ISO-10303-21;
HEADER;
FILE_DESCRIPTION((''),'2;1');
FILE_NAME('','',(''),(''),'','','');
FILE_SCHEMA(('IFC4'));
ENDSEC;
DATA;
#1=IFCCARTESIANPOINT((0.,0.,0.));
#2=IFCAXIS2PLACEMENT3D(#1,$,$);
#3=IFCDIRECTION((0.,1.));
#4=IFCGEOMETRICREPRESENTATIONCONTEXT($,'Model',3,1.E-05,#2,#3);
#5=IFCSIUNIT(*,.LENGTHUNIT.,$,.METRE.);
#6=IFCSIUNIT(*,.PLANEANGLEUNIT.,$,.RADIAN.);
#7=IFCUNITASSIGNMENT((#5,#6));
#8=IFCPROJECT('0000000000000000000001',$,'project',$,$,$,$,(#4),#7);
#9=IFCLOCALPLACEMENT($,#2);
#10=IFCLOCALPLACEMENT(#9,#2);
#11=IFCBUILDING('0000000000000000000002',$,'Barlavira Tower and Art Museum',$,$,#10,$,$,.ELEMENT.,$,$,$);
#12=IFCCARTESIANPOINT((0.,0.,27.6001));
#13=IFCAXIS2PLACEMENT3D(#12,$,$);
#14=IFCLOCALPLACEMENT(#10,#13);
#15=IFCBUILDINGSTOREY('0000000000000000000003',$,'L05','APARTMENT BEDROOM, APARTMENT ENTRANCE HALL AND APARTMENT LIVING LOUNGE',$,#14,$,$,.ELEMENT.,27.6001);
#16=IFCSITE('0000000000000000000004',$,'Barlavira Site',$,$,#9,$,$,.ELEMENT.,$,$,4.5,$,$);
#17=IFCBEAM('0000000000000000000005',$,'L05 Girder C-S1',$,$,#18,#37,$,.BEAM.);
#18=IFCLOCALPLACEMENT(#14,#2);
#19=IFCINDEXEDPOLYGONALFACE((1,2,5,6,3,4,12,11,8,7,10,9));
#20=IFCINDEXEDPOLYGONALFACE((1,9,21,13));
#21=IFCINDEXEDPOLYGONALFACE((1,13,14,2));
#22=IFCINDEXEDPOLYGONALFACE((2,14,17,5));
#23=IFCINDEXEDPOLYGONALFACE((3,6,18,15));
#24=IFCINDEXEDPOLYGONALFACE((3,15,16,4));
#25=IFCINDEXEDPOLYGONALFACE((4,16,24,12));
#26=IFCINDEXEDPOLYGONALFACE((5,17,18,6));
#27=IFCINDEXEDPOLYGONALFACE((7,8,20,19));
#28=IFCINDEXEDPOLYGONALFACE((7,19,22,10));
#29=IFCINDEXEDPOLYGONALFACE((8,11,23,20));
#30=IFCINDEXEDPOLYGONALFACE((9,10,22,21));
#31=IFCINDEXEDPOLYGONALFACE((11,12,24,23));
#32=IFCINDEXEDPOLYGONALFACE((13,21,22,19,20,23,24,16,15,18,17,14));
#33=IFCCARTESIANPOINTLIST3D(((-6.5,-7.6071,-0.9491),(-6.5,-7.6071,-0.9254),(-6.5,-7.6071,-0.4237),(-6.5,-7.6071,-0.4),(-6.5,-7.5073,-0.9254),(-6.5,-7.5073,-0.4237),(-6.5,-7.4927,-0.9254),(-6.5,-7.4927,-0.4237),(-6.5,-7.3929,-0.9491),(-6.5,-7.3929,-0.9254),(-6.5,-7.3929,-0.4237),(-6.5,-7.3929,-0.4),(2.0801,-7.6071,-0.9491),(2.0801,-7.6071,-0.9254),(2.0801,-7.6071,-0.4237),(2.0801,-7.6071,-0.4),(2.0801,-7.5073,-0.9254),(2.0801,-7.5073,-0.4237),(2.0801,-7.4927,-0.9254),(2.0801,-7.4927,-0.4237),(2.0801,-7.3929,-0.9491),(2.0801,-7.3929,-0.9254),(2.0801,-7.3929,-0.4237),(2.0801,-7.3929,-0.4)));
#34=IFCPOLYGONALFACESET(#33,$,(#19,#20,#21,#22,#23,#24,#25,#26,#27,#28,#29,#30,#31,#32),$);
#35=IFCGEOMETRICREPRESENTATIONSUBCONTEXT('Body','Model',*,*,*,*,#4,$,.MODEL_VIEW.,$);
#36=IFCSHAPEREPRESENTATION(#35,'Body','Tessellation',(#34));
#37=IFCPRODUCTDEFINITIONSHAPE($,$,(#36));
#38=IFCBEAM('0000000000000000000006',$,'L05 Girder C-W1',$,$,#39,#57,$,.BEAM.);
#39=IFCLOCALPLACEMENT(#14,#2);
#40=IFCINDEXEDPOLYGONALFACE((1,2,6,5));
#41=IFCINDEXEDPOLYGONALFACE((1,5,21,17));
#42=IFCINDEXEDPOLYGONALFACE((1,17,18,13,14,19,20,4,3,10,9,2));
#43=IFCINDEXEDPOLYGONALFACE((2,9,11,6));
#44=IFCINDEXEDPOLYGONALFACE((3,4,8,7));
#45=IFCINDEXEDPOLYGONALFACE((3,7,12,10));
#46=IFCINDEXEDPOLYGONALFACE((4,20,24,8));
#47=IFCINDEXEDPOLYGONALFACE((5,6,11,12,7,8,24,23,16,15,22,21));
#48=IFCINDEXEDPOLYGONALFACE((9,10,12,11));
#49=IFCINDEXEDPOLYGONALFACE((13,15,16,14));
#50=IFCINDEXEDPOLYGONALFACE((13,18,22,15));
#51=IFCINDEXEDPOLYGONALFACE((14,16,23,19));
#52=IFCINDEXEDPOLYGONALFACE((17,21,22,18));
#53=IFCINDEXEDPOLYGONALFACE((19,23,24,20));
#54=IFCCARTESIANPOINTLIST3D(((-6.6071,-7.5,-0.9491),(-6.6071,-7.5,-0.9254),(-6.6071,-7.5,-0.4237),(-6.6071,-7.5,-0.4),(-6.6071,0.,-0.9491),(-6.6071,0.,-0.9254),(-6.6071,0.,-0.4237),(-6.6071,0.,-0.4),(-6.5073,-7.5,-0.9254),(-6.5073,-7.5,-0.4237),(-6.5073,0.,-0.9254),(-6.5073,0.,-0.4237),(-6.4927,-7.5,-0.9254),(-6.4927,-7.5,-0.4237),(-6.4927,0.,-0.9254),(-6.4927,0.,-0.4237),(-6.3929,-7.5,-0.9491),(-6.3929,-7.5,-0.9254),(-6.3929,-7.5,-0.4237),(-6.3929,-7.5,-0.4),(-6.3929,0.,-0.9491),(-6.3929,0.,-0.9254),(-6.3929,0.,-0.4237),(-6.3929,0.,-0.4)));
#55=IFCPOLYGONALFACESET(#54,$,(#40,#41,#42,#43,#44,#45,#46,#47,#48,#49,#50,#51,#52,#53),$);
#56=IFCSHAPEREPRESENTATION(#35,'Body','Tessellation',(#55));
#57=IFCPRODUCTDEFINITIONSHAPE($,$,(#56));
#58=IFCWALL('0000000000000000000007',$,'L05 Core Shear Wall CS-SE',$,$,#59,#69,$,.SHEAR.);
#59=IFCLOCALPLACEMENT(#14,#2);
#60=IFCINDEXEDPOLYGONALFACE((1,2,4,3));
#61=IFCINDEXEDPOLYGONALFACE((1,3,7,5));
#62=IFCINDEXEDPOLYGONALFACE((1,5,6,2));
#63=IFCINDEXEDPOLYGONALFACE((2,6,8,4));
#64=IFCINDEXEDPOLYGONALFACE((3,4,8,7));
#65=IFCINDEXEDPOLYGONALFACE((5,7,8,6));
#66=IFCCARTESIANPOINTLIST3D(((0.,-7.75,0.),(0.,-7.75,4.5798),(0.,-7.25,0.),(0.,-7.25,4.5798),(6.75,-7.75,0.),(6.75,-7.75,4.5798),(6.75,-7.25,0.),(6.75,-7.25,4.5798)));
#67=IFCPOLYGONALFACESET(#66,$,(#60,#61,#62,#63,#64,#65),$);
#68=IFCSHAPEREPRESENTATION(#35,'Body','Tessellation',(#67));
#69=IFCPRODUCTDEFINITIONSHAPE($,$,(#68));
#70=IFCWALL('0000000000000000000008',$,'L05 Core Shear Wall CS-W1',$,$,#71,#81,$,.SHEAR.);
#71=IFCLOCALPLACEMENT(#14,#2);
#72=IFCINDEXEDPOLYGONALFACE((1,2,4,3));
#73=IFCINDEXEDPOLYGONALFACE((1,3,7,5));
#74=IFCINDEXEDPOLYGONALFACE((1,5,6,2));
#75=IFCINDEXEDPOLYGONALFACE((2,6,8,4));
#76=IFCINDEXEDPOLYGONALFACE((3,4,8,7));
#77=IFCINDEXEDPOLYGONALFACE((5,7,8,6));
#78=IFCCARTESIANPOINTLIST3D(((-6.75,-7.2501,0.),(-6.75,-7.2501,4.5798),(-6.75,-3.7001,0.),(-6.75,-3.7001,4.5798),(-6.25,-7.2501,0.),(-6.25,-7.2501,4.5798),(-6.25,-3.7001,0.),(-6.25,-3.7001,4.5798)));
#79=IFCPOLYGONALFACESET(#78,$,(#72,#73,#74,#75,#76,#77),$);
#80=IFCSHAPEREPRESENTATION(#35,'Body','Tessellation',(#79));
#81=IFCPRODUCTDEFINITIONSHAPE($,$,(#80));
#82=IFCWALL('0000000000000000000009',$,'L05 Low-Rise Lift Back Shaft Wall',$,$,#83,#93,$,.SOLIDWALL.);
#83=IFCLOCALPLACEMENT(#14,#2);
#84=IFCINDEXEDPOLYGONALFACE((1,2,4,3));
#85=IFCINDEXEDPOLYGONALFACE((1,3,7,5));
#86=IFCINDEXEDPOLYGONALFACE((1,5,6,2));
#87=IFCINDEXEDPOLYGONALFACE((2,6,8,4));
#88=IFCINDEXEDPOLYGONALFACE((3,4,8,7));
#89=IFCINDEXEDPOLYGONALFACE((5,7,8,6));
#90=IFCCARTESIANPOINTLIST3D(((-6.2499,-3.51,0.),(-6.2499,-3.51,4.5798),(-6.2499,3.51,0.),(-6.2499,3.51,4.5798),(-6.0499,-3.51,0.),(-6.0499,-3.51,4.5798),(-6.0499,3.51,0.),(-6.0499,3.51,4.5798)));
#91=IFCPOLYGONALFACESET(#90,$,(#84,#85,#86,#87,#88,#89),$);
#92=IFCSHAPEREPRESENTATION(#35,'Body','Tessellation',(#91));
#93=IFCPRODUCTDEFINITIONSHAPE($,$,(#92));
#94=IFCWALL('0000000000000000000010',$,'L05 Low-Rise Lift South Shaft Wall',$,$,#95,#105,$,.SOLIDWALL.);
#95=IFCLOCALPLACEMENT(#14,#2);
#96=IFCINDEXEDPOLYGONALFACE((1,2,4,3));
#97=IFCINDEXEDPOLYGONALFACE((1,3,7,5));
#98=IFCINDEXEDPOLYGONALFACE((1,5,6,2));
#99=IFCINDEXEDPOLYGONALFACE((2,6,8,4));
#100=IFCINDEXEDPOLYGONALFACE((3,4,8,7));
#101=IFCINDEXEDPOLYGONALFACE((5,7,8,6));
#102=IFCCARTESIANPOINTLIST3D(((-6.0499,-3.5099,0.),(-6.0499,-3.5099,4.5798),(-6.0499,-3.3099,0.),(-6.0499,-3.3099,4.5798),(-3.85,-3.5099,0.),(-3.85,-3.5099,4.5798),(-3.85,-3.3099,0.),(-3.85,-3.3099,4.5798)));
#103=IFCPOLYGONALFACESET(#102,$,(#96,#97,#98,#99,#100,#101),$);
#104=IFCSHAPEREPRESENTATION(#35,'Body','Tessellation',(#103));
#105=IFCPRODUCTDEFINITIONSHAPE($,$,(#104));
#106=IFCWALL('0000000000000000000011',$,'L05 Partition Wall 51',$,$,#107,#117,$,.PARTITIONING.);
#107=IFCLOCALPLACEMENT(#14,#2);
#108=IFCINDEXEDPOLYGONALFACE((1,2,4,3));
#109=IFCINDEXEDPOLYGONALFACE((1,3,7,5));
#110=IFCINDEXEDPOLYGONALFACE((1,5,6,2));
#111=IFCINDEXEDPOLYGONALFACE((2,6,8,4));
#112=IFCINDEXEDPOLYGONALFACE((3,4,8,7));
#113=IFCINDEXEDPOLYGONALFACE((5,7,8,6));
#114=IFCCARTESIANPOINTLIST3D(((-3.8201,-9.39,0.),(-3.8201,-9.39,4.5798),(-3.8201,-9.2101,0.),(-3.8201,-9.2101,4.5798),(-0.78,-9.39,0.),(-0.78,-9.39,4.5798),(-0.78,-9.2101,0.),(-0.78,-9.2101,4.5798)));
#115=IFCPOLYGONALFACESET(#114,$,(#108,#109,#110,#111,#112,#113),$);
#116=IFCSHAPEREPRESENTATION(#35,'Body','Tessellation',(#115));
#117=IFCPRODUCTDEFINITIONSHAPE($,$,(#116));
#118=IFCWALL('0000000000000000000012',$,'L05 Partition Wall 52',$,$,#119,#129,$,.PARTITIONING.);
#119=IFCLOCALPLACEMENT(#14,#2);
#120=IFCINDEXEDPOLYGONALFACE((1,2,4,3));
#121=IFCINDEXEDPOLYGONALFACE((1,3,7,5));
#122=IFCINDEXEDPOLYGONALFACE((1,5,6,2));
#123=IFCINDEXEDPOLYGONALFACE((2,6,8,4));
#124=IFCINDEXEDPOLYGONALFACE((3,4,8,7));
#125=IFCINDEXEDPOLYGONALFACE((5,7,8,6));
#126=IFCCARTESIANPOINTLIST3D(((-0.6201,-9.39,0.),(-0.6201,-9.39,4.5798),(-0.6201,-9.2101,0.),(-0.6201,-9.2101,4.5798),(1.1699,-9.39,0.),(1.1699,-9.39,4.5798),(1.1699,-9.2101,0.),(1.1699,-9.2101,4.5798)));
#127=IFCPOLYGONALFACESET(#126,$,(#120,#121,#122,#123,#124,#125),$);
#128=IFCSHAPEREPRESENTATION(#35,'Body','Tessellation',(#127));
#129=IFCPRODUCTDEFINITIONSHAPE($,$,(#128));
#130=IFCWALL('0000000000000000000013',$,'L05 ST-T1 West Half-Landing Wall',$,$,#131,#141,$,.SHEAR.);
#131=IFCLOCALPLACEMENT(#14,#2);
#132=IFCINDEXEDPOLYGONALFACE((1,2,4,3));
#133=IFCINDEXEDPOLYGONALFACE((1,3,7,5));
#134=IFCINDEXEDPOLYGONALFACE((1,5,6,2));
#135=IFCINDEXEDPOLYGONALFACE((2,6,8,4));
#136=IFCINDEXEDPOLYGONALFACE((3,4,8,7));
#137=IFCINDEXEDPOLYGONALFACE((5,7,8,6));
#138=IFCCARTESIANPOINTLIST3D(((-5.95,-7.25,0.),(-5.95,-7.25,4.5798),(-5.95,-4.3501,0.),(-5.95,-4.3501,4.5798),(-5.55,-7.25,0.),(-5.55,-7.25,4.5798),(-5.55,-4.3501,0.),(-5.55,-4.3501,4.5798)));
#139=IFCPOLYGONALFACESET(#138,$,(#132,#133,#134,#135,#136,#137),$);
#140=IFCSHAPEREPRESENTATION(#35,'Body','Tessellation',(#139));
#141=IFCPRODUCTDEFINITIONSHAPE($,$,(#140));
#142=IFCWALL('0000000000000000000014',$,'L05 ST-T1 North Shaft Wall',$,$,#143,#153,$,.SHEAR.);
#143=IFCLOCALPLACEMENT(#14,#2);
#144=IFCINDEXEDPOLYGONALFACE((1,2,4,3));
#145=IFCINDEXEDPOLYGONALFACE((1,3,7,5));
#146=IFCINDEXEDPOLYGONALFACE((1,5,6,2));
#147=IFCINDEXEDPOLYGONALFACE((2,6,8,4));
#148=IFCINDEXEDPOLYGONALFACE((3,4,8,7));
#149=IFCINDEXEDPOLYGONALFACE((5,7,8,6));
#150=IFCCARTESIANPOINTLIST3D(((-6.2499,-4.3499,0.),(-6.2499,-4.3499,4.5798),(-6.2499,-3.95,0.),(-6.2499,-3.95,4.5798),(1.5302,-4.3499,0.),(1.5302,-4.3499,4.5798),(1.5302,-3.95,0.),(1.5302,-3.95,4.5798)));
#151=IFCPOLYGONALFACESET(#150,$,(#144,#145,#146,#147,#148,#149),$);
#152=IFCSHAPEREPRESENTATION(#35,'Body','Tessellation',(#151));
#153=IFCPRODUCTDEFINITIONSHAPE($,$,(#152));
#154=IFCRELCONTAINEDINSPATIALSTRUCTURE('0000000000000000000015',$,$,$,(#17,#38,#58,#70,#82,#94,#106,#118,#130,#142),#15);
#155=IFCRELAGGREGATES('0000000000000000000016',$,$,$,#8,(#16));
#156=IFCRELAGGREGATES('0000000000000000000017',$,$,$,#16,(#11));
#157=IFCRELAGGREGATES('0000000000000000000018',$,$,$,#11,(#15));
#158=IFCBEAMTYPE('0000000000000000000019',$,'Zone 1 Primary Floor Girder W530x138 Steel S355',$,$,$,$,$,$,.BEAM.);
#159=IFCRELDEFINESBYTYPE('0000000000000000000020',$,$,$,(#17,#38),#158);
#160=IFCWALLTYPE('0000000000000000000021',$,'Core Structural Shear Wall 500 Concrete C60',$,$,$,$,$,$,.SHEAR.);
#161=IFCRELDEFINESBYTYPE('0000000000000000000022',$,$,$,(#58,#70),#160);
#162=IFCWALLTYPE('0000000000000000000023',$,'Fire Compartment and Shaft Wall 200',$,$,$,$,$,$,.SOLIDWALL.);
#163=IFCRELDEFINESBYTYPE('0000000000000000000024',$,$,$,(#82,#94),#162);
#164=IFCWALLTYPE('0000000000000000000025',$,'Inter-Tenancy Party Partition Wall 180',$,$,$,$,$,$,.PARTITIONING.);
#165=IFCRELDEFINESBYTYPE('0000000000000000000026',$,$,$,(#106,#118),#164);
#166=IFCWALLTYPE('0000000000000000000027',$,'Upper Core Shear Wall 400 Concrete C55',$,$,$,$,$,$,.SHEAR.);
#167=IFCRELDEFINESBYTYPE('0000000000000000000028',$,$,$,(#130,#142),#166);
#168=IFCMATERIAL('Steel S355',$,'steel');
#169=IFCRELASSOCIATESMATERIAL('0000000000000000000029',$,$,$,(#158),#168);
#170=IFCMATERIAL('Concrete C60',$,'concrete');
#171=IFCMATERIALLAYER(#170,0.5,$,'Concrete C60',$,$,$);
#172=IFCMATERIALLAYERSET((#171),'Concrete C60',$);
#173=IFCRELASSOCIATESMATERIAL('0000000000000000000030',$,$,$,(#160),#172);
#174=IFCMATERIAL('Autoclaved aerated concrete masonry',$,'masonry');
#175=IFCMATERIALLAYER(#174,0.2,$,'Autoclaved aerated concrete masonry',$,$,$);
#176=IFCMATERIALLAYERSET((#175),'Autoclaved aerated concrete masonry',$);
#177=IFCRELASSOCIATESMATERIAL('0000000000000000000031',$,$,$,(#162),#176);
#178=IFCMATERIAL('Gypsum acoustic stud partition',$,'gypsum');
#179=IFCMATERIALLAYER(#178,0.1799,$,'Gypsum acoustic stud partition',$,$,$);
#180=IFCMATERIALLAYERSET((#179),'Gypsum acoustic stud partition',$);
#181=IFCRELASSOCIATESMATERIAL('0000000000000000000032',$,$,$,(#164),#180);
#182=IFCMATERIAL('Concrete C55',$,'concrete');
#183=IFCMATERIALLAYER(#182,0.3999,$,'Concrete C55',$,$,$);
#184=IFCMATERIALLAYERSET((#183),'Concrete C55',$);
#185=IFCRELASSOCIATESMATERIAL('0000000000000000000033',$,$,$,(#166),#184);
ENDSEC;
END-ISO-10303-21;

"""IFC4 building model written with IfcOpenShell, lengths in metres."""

from ifc_helpers import new_model, si_unit, direction, frame, frame_2d, origin, origin_2d, place, context, subcontext, project, spatial, rectangle, i_section, extrude, material, layer, layer_set, material_profile, profile_set, type_object, element, save


model = new_model("IFC4")

# Units and contexts
model_context = context("Model", 3, precision=1e-05, world=origin(), true_north=direction((0.0, 1.0)))
body_context = subcontext(model_context, "Body", "Model", "MODEL_VIEW")
ifc_project = project(units=[si_unit("LENGTHUNIT", "METRE"), si_unit("PLANEANGLEUNIT", "RADIAN")], contexts=[model_context])

# Site, building, storey
site_placement = place(None, origin())
site = spatial("IfcSite", under=ifc_project, at=site_placement, Name="Barlavira Site", CompositionType="ELEMENT", RefElevation=4.5)
building_placement = place(site_placement, origin())
building = spatial("IfcBuilding", under=site, at=building_placement, Name="Barlavira Tower and Art Museum", CompositionType="ELEMENT")
storey_placement = place(building_placement, frame((0.0, 0.0, 27.6001)))
storey = spatial("IfcBuildingStorey", under=building, at=storey_placement, Name="L05", Description="APARTMENT BEDROOM, APARTMENT ENTRANCE HALL AND APARTMENT LIVING LOUNGE", CompositionType="ELEMENT", Elevation=27.6001)

# Beams
ifc_material_1 = material(Name="Steel S355", Category="steel")
ifc_material_profile = material_profile(ifc_material_1, i_section(OverallWidth=0.2141, OverallDepth=0.5491, WebThickness=0.0146, FlangeThickness=0.0237, at=origin_2d()), Name="W530x138.0")
ifc_profile_set = profile_set([ifc_material_profile], Name="Steel S355")
beam_type = type_object("IfcBeamType", Name="Zone 1 Primary Floor Girder W530x138 Steel S355", PredefinedType="BEAM", material=ifc_profile_set)
beam_1_placement = place(storey_placement, frame((-6.5, -7.5, -0.6746), z_axis=(1.0, 0.0, 0.0), x_axis=(0.0, 1.0, 0.0)))
element("IfcBeam", 1, at=beam_1_placement, inside=storey, type_object=beam_type, Name="L05 Girder C-S1", PredefinedType="BEAM", context=body_context, shape_type="SweptSolid", body=[
    extrude(i_section(OverallWidth=0.2141, OverallDepth=0.5491, WebThickness=0.0146, FlangeThickness=0.0237, at=origin_2d()), origin(), (0.0, 0.0, 1.0), 8.5801),
])
beam_2_placement = place(storey_placement, frame((-6.5, -7.5, -0.6746), z_axis=(0.0, 1.0, 0.0), x_axis=(-1.0, 0.0, 0.0)))
element("IfcBeam", 2, at=beam_2_placement, inside=storey, type_object=beam_type, Name="L05 Girder C-W1", PredefinedType="BEAM", context=body_context, shape_type="SweptSolid", body=[
    extrude(i_section(OverallWidth=0.2141, OverallDepth=0.5491, WebThickness=0.0146, FlangeThickness=0.0237, at=origin_2d()), origin(), (0.0, 0.0, 1.0), 7.5),
])

# Walls
ifc_material_2 = material(Name="Concrete C60", Category="concrete")
ifc_layer_1 = layer(ifc_material_2, 0.5, Name="Concrete C60")
ifc_layer_set_1 = layer_set([ifc_layer_1], Name="Concrete C60")
wall_type_1 = type_object("IfcWallType", Name="Core Structural Shear Wall 500 Concrete C60", PredefinedType="SHEAR", material=ifc_layer_set_1)
wall_1_placement = place(storey_placement, frame((0.0, -7.5, 0.0), z_axis=(0.0, 0.0, 1.0), x_axis=(1.0, 0.0, 0.0)))
element("IfcWall", 3, at=wall_1_placement, inside=storey, type_object=wall_type_1, Name="L05 Core Shear Wall CS-SE", PredefinedType="SHEAR", context=body_context, shape_type="SweptSolid", body=[
    extrude(rectangle(XDim=6.75, YDim=0.5, at=frame_2d((3.375, 0.0))), origin(), (0.0, 0.0, 1.0), 4.5798),
])
wall_2_placement = place(storey_placement, frame((-6.5, -7.25, 0.0), z_axis=(0.0, 0.0, 1.0), x_axis=(0.0, 1.0, 0.0)))
element("IfcWall", 4, at=wall_2_placement, inside=storey, type_object=wall_type_1, Name="L05 Core Shear Wall CS-W1", PredefinedType="SHEAR", context=body_context, shape_type="SweptSolid", body=[
    extrude(rectangle(XDim=3.55, YDim=0.5, at=frame_2d((1.7749, 0.0))), origin(), (0.0, 0.0, 1.0), 4.5798),
])

# Shared definitions
ifc_material_3 = material(Name="Autoclaved aerated concrete masonry", Category="masonry")
ifc_layer_2 = layer(ifc_material_3, 0.2, Name="Autoclaved aerated concrete masonry")
ifc_layer_set_2 = layer_set([ifc_layer_2], Name="Autoclaved aerated concrete masonry")
wall_type_2 = type_object("IfcWallType", Name="Fire Compartment and Shaft Wall 200", PredefinedType="SOLIDWALL", material=ifc_layer_set_2)

# Walls
wall_3_placement = place(storey_placement, frame((-6.1499, -3.51, 0.0), z_axis=(0.0, 0.0, 1.0), x_axis=(0.0, 1.0, 0.0)))
element("IfcWall", 5, at=wall_3_placement, inside=storey, type_object=wall_type_2, Name="L05 Low-Rise Lift Back Shaft Wall", PredefinedType="SOLIDWALL", context=body_context, shape_type="SweptSolid", body=[
    extrude(rectangle(XDim=7.02, YDim=0.2, at=frame_2d((3.51, 0.0))), origin(), (0.0, 0.0, 1.0), 4.5798),
])
wall_4_placement = place(storey_placement, frame((-6.05, -3.4099, 0.0), z_axis=(0.0, 0.0, 1.0), x_axis=(1.0, 0.0, 0.0)))
element("IfcWall", 6, at=wall_4_placement, inside=storey, type_object=wall_type_2, Name="L05 Low-Rise Lift South Shaft Wall", PredefinedType="SOLIDWALL", context=body_context, shape_type="SweptSolid", body=[
    extrude(rectangle(XDim=2.2, YDim=0.2, at=frame_2d((1.1001, 0.0))), origin(), (0.0, 0.0, 1.0), 4.5798),
])
ifc_material_4 = material(Name="Gypsum acoustic stud partition", Category="gypsum")
ifc_layer_3 = layer(ifc_material_4, 0.1799, Name="Gypsum acoustic stud partition")
ifc_layer_set_3 = layer_set([ifc_layer_3], Name="Gypsum acoustic stud partition")
wall_type_3 = type_object("IfcWallType", Name="Inter-Tenancy Party Partition Wall 180", PredefinedType="PARTITIONING", material=ifc_layer_set_3)
wall_5_placement = place(storey_placement, frame((-3.8201, -9.3, 0.0), z_axis=(0.0, 0.0, 1.0), x_axis=(1.0, 0.0, 0.0)))
element("IfcWall", 7, at=wall_5_placement, inside=storey, type_object=wall_type_3, Name="L05 Partition Wall 51", PredefinedType="PARTITIONING", context=body_context, shape_type="SweptSolid", body=[
    extrude(rectangle(XDim=3.04, YDim=0.1799, at=frame_2d((1.52, 0.0))), origin(), (0.0, 0.0, 1.0), 4.5798),
])
wall_6_placement = place(storey_placement, frame((-0.6201, -9.3, 0.0), z_axis=(0.0, 0.0, 1.0), x_axis=(1.0, 0.0, 0.0)))
element("IfcWall", 8, at=wall_6_placement, inside=storey, type_object=wall_type_3, Name="L05 Partition Wall 52", PredefinedType="PARTITIONING", context=body_context, shape_type="SweptSolid", body=[
    extrude(rectangle(XDim=1.79, YDim=0.1799, at=frame_2d((0.895, 0.0))), origin(), (0.0, 0.0, 1.0), 4.5798),
])
ifc_material_5 = material(Name="Concrete C55", Category="concrete")
ifc_layer_4 = layer(ifc_material_5, 0.3999, Name="Concrete C55")
ifc_layer_set_4 = layer_set([ifc_layer_4], Name="Concrete C55")
wall_type_4 = type_object("IfcWallType", Name="Upper Core Shear Wall 400 Concrete C55", PredefinedType="SHEAR", material=ifc_layer_set_4)
wall_7_placement = place(storey_placement, frame((-5.75, -7.25, 0.0), z_axis=(0.0, 0.0, 1.0), x_axis=(0.0, 1.0, 0.0)))
element("IfcWall", 9, at=wall_7_placement, inside=storey, type_object=wall_type_4, Name="L05 ST-T1 West Half-Landing Wall", PredefinedType="SHEAR", context=body_context, shape_type="SweptSolid", body=[
    extrude(rectangle(XDim=2.8999, YDim=0.3999, at=frame_2d((1.45, 0.0))), origin(), (0.0, 0.0, 1.0), 4.5798),
])
wall_8_placement = place(storey_placement, frame((-6.25, -4.1499, 0.0), z_axis=(0.0, 0.0, 1.0), x_axis=(1.0, 0.0, 0.0)))
element("IfcWall", 10, at=wall_8_placement, inside=storey, type_object=wall_type_4, Name="L05 ST-T1 North Shaft Wall", PredefinedType="SHEAR", context=body_context, shape_type="SweptSolid", body=[
    extrude(rectangle(XDim=7.78, YDim=0.3999, at=frame_2d((3.8901, 0.0))), origin(), (0.0, 0.0, 1.0), 4.5798),
])

save(model, "model.ifc")
